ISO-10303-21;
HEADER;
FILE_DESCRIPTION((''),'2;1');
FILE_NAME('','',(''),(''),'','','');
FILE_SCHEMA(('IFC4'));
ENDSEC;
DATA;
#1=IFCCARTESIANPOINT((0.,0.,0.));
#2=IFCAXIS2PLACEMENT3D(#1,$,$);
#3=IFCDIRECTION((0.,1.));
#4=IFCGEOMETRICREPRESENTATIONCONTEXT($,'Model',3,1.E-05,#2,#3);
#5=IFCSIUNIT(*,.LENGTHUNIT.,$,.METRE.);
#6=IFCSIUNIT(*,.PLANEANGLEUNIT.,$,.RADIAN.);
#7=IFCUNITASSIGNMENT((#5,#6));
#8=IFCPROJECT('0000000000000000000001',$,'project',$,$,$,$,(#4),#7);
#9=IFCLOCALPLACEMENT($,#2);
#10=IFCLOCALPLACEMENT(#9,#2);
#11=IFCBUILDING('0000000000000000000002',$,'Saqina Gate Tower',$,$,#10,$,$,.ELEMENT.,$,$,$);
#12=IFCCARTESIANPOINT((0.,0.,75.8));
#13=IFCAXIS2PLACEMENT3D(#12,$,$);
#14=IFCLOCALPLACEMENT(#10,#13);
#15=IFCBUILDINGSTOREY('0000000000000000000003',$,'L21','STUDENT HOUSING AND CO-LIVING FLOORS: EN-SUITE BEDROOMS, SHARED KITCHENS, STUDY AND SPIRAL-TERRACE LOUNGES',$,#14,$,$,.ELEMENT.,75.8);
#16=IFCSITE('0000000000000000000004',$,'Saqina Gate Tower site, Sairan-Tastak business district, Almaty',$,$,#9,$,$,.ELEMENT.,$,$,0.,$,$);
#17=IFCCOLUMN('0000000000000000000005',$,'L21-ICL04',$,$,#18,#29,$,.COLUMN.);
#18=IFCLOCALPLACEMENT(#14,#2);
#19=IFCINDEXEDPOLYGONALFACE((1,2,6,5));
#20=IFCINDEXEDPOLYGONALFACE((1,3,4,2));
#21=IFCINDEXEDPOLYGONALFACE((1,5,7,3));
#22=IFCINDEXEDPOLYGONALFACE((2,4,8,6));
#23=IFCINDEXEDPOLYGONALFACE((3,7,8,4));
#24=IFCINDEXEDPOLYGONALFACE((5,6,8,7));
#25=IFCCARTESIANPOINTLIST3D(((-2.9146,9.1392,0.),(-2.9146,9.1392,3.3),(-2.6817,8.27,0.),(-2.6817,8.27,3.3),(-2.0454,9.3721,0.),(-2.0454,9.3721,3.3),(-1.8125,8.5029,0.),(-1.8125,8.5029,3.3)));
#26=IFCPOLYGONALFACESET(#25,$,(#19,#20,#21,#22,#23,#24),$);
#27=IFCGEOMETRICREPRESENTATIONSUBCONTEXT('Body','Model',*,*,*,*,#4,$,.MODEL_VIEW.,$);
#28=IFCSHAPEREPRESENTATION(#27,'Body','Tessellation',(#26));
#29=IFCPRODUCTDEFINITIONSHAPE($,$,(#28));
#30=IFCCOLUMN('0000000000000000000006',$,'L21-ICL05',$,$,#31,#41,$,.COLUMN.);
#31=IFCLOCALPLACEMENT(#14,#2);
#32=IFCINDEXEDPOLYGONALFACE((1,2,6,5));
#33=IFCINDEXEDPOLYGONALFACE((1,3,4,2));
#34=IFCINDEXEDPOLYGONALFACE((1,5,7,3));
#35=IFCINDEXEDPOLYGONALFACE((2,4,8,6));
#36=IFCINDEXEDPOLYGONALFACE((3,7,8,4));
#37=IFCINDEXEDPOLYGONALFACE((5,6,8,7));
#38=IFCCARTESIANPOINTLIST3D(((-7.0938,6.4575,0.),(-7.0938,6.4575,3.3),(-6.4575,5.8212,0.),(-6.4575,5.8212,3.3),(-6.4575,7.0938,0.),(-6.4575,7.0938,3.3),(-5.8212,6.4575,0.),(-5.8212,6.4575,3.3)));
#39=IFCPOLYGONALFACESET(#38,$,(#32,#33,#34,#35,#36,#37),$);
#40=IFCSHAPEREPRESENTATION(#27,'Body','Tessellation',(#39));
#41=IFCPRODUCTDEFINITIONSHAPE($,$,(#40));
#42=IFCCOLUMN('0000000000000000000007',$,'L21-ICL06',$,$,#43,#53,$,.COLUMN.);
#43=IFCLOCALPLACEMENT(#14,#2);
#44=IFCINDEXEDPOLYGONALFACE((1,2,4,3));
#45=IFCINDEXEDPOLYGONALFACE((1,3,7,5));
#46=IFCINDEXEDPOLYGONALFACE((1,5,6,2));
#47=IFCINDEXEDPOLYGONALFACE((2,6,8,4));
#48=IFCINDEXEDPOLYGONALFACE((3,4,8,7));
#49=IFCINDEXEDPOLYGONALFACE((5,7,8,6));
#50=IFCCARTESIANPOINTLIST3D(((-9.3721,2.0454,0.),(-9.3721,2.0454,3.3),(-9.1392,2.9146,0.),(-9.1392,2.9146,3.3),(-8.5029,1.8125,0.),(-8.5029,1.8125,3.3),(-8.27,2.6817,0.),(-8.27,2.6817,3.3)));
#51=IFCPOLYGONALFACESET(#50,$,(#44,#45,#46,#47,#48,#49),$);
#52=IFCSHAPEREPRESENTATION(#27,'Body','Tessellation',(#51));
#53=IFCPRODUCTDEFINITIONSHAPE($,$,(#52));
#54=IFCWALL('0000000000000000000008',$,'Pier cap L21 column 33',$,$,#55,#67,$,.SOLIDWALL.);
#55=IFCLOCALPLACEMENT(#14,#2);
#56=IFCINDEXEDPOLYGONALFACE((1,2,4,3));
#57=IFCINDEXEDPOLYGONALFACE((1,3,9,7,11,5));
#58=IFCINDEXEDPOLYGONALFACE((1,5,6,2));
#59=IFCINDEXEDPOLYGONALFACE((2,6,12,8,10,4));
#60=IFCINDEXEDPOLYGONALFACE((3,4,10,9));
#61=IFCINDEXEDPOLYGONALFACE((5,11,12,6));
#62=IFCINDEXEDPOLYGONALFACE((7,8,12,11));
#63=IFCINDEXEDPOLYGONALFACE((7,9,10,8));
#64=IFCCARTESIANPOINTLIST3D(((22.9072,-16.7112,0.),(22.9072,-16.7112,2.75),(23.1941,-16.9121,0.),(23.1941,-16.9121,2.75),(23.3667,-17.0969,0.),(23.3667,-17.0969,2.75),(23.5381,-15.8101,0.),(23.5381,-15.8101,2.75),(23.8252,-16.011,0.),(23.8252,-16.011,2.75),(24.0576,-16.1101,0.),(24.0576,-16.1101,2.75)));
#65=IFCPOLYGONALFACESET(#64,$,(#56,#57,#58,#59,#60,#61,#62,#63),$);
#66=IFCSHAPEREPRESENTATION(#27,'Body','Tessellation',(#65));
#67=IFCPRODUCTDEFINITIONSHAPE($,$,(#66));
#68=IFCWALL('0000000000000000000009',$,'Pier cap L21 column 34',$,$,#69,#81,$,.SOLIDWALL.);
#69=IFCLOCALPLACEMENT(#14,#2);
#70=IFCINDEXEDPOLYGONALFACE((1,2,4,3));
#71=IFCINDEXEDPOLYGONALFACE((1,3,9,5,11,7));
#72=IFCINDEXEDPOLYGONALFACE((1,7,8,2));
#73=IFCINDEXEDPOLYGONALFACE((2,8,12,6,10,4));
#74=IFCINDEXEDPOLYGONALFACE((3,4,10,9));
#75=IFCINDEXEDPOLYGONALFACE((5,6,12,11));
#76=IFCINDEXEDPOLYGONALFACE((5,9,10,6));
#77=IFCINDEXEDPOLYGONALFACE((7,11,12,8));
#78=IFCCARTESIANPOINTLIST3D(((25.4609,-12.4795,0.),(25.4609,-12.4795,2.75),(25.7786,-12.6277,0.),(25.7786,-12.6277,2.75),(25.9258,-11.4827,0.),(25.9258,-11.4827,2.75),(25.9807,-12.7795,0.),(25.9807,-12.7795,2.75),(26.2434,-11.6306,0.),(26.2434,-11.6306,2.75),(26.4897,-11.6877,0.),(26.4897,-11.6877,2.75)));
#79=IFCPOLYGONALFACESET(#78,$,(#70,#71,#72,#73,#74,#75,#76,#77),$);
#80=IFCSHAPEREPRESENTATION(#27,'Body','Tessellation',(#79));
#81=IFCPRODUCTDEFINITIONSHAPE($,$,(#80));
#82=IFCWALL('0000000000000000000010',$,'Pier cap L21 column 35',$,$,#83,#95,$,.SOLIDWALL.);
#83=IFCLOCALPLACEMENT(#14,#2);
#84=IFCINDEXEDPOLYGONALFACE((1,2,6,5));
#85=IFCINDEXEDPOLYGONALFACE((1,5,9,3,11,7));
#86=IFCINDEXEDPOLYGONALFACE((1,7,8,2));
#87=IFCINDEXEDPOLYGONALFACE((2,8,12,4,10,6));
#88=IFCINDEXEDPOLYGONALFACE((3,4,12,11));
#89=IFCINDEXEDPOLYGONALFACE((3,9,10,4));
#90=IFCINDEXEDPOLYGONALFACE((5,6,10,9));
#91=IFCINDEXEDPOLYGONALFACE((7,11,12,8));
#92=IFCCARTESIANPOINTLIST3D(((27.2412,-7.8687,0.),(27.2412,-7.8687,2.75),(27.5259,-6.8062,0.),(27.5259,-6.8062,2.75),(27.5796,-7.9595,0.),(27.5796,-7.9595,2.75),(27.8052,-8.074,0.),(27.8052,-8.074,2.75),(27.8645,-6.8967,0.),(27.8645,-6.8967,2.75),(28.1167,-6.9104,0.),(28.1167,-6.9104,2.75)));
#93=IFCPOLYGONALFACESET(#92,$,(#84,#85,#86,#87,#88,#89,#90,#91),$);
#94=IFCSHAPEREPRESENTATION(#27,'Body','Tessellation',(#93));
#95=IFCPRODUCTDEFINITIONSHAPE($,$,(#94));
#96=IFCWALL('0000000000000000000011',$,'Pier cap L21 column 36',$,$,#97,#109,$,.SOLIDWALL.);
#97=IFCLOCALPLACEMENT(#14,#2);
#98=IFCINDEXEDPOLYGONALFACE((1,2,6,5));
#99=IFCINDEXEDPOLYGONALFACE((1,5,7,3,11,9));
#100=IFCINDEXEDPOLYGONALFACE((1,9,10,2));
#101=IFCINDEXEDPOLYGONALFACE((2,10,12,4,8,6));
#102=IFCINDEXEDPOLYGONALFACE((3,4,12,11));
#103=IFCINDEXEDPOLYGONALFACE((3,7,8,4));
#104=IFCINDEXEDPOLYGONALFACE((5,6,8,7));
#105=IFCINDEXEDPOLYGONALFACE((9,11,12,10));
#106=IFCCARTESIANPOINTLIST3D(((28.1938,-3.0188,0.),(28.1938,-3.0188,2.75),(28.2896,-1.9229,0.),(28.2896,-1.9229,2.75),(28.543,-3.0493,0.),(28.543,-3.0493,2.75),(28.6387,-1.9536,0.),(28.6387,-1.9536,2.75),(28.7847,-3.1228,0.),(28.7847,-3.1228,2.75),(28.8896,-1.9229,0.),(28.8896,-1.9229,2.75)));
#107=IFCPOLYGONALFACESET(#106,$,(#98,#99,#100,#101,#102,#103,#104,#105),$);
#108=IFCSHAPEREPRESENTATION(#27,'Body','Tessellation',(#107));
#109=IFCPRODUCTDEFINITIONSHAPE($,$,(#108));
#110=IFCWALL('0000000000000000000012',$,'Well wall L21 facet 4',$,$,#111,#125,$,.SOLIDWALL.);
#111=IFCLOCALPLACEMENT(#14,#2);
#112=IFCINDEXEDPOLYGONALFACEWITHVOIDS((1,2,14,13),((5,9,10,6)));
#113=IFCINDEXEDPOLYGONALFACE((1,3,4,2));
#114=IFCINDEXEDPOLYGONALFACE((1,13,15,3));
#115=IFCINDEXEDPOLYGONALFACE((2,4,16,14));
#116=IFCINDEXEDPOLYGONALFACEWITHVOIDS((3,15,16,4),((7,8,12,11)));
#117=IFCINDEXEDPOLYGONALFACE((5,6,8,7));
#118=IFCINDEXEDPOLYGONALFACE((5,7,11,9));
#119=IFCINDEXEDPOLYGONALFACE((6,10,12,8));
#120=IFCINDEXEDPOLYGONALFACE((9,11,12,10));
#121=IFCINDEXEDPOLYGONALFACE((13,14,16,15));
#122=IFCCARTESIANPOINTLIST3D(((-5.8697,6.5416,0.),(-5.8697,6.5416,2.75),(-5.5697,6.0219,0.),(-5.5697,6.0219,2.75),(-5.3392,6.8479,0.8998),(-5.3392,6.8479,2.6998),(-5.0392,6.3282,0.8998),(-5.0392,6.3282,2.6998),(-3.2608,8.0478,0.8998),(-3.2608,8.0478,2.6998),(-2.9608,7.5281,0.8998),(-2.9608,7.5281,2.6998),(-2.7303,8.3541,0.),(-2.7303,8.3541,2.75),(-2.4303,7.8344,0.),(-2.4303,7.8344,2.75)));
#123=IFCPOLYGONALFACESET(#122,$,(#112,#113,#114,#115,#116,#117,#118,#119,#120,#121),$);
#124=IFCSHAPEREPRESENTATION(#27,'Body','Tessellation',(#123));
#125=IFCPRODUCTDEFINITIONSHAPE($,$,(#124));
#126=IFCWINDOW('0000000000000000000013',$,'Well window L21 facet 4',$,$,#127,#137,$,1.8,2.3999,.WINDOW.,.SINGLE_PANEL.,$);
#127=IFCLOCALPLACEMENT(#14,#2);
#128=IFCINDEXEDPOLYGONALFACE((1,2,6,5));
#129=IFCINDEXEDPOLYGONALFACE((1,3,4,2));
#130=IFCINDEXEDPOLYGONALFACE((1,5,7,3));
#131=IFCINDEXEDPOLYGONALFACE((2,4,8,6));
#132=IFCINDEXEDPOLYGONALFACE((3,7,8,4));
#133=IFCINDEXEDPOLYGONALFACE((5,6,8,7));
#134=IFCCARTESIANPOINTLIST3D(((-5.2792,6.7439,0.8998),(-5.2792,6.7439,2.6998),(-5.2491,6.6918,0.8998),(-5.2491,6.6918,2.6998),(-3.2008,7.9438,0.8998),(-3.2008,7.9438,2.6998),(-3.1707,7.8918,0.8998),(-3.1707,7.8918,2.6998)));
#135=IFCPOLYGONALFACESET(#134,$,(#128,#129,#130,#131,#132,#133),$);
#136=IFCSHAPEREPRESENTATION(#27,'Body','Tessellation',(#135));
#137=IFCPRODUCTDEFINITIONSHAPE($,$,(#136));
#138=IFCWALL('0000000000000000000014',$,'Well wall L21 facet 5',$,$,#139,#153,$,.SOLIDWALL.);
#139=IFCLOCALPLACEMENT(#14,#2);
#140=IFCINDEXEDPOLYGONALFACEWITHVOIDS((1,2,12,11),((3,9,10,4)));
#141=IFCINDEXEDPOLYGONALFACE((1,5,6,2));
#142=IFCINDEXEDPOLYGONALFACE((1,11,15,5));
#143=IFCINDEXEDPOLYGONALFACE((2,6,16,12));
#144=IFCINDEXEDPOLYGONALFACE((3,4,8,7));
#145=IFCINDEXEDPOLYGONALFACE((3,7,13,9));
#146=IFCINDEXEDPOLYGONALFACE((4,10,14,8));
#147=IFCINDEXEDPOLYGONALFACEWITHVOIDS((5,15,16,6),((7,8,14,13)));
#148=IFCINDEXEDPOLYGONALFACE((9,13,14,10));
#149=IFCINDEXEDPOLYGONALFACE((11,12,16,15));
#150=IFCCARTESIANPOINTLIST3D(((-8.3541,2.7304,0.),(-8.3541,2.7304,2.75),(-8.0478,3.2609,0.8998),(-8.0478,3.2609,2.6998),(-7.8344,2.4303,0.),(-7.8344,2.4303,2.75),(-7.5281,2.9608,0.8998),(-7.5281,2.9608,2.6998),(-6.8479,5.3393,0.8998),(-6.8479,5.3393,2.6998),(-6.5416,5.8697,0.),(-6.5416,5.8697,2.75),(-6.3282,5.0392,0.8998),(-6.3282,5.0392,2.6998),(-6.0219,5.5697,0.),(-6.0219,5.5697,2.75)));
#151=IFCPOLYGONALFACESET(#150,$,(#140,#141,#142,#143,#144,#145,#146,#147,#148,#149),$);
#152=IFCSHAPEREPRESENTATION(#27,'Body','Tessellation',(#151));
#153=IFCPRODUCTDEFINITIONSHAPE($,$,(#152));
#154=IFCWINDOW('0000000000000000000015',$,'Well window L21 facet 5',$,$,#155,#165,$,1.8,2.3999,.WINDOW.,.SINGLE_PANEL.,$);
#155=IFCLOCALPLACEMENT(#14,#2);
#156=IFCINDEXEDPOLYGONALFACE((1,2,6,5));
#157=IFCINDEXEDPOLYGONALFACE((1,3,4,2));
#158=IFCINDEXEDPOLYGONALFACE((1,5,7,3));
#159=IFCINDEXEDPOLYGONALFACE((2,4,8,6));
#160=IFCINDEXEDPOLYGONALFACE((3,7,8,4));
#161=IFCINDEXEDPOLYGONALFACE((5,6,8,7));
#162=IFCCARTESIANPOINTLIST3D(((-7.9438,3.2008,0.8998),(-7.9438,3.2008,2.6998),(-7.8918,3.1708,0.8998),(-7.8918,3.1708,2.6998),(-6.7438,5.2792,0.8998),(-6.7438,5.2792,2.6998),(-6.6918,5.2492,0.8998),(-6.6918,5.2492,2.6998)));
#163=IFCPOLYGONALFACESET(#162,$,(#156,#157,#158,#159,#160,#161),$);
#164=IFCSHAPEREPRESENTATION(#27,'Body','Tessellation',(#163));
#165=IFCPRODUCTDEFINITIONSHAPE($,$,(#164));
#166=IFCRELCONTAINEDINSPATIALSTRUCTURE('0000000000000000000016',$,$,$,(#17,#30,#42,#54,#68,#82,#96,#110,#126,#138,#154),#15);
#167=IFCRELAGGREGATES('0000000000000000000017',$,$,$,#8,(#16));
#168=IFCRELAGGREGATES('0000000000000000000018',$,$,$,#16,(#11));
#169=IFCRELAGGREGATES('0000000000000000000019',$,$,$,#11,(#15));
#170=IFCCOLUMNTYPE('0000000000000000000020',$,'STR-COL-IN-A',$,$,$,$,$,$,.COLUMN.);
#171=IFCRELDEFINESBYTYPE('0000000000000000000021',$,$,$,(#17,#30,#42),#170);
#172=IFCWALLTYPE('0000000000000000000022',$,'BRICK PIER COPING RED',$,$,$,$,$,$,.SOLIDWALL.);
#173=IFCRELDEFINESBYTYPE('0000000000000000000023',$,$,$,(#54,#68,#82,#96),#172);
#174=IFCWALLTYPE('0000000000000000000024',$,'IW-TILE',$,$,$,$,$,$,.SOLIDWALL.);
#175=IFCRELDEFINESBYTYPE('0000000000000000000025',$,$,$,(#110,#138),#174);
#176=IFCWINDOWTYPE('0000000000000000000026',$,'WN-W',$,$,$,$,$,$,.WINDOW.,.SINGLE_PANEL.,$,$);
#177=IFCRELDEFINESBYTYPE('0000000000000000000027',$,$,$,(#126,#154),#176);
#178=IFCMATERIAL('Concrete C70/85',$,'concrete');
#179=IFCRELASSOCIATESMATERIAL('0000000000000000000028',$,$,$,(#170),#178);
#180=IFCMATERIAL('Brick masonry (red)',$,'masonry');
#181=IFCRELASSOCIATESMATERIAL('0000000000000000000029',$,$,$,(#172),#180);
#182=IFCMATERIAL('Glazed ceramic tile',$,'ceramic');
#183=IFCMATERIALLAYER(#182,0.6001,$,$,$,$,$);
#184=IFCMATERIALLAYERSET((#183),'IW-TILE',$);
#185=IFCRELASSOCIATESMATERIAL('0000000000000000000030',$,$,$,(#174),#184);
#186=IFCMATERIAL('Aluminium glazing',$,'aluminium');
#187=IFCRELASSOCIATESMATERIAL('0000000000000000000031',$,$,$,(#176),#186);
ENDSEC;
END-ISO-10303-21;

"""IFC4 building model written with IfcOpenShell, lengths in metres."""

from ifc_helpers import new_model, si_unit, direction, frame, frame_2d, origin, origin_2d, place, context, subcontext, project, spatial, polyline, rectangle, outline, extrude, material, layer, layer_set, material_profile, profile_set, type_object, element, fill, save


model = new_model("IFC4")

# Units and contexts
model_context = context("Model", 3, precision=1e-05, world=origin(), true_north=direction((0.0, 1.0)))
body_context = subcontext(model_context, "Body", "Model", "MODEL_VIEW")
ifc_project = project(units=[si_unit("LENGTHUNIT", "METRE"), si_unit("PLANEANGLEUNIT", "RADIAN")], contexts=[model_context])

# Site, building, storey
site_placement = place(None, origin())
site = spatial("IfcSite", under=ifc_project, at=site_placement, Name="Saqina Gate Tower site, Sairan-Tastak business district, Almaty", CompositionType="ELEMENT", RefElevation=0.0)
building_placement = place(site_placement, origin())
building = spatial("IfcBuilding", under=site, at=building_placement, Name="Saqina Gate Tower", CompositionType="ELEMENT")
storey_placement = place(building_placement, frame((0.0, 0.0, 75.8)))
storey = spatial("IfcBuildingStorey", under=building, at=storey_placement, Name="L21", Description="STUDENT HOUSING AND CO-LIVING FLOORS: EN-SUITE BEDROOMS, SHARED KITCHENS, STUDY AND SPIRAL-TERRACE LOUNGES", CompositionType="ELEMENT", Elevation=75.8)

# Columns
ifc_material_1 = material(Name="Concrete C70/85", Category="concrete")
ifc_material_profile = material_profile(ifc_material_1, rectangle(XDim=0.8999, YDim=0.8999, at=origin_2d()), Name="RC 900x900")
ifc_profile_set = profile_set([ifc_material_profile], Name="Concrete C70/85")
column_type = type_object("IfcColumnType", Name="STR-COL-IN-A", PredefinedType="COLUMN", material=ifc_profile_set)
for number, where, z_axis, x_axis, name in (
    (1, (-2.3635, 8.821, 0.0), (0.0, 0.0, 1.0), (-0.258819, 0.965926, 0.0), "L21-ICL04"),
    (2, (-6.4575, 6.4575, 0.0), (0.0, 0.0, 1.0), (-0.707107, 0.707107, 0.0), "L21-ICL05"),
    (3, (-8.821, 2.3635, 0.0), (0.0, 0.0, 1.0), (-0.965926, 0.258819, 0.0), "L21-ICL06"),
):
    element("IfcColumn", number, at=place(storey_placement, frame(where, z_axis=z_axis, x_axis=x_axis)), inside=storey, type_object=column_type, Name=name, PredefinedType="COLUMN", context=body_context, shape_type="SweptSolid", body=[
        extrude(rectangle(XDim=0.8999, YDim=0.8999, at=origin_2d()), origin(), (0.0, 0.0, 1.0), 3.3),
    ])

# Walls
ifc_material_2 = material(Name="Brick masonry (red)", Category="masonry")
wall_type_1 = type_object("IfcWallType", Name="BRICK PIER COPING RED", PredefinedType="SOLIDWALL", material=ifc_material_2)
wall_1_placement = place(storey_placement, origin())
element("IfcWall", 4, at=wall_1_placement, inside=storey, type_object=wall_type_1, Name="Pier cap L21 column 33", PredefinedType="SOLIDWALL", context=body_context, shape_type="SweptSolid", body=[
    extrude(outline(polyline([(23.3667, -17.0969), (24.0576, -16.1101), (23.5381, -15.8101), (23.8252, -16.011), (23.1941, -16.9121), (22.9072, -16.7112), (23.3667, -17.0969)])), origin(), (0.0, 0.0, 1.0), 2.75),
])
wall_2_placement = place(storey_placement, origin())
element("IfcWall", 5, at=wall_2_placement, inside=storey, type_object=wall_type_1, Name="Pier cap L21 column 34", PredefinedType="SOLIDWALL", context=body_context, shape_type="SweptSolid", body=[
    extrude(outline(polyline([(26.4897, -11.6877), (25.9258, -11.4827), (26.2434, -11.6306), (25.7786, -12.6277), (25.4609, -12.4795), (25.9807, -12.7795), (26.4897, -11.6877)])), origin(), (0.0, 0.0, 1.0), 2.75),
])
wall_3_placement = place(storey_placement, origin())
element("IfcWall", 6, at=wall_3_placement, inside=storey, type_object=wall_type_1, Name="Pier cap L21 column 35", PredefinedType="SOLIDWALL", context=body_context, shape_type="SweptSolid", body=[
    extrude(outline(polyline([(28.1167, -6.9104), (27.5259, -6.8062), (27.8645, -6.8967), (27.5796, -7.9595), (27.2412, -7.8687), (27.8052, -8.074), (28.1167, -6.9104)])), origin(), (0.0, 0.0, 1.0), 2.75),
])
wall_4_placement = place(storey_placement, origin())
element("IfcWall", 7, at=wall_4_placement, inside=storey, type_object=wall_type_1, Name="Pier cap L21 column 36", PredefinedType="SOLIDWALL", context=body_context, shape_type="SweptSolid", body=[
    extrude(outline(polyline([(28.7847, -3.1228), (28.8896, -1.9229), (28.2896, -1.9229), (28.6387, -1.9536), (28.543, -3.0493), (28.1938, -3.0188), (28.7847, -3.1228)])), origin(), (0.0, 0.0, 1.0), 2.75),
])

# Walls, openings, windows
ifc_material_3 = material(Name="Glazed ceramic tile", Category="ceramic")
ifc_layer_1 = layer(ifc_material_3, 0.6001)
ifc_layer_set_1 = layer_set([ifc_layer_1], Name="IW-TILE")
wall_type_2 = type_object("IfcWallType", Name="IW-TILE", PredefinedType="SOLIDWALL", material=ifc_layer_set_1)
wall_5_placement = place(storey_placement, frame((-2.5803, 8.0942, 0.0), z_axis=(0.0, 0.0, 1.0), x_axis=(-0.86603, -0.499993, 0.0)))
wall_5 = element("IfcWall", 8, at=wall_5_placement, inside=storey, type_object=wall_type_2, Name="Well wall L21 facet 4", PredefinedType="SOLIDWALL", context=body_context, shape_type="SweptSolid", body=[
    extrude(rectangle(XDim=3.625, YDim=0.6001, at=frame_2d((1.8125, 0.0))), origin(), (0.0, 0.0, 1.0), 2.75),
])
opening_1_placement = place(wall_5_placement, frame((0.6125, 0.0, 0.8999)))
opening_1 = element("IfcOpeningElement", 9, at=opening_1_placement, cuts=wall_5, PredefinedType="OPENING", context=body_context, shape_type="SweptSolid", body=[
    extrude(rectangle(XDim=2.3999, YDim=1.8, at=frame_2d((1.2, 0.8999))), frame((0.0, 0.312, 0.0), z_axis=(0.0, -1.0, 0.0), x_axis=(1.0, 0.0, 0.0)), (0.0, 0.0, 1.0), 0.624),
])
ifc_material_4 = material(Name="Aluminium glazing", Category="aluminium")
window_type = type_object("IfcWindowType", Name="WN-W", PartitioningType="SINGLE_PANEL", PredefinedType="WINDOW", material=ifc_material_4)
window_1_placement = place(opening_1_placement, origin())
window_1 = element("IfcWindow", 10, at=window_1_placement, inside=storey, type_object=window_type, Name="Well window L21 facet 4", OverallHeight=1.8, OverallWidth=2.3999, PartitioningType="SINGLE_PANEL", PredefinedType="WINDOW", context=body_context, shape_type="SweptSolid", body=[
    extrude(rectangle(XDim=2.3999, YDim=1.8, at=frame_2d((1.2, 0.8999))), frame((0.0, -0.1199, 0.0), z_axis=(0.0, -1.0, 0.0), x_axis=(1.0, 0.0, 0.0)), (0.0, 0.0, 1.0), 0.0601),
])
fill(opening_1, window_1)
wall_6_placement = place(storey_placement, frame((-6.2817, 5.7197, 0.0), z_axis=(0.0, 0.0, 1.0), x_axis=(-0.499993, -0.86603, 0.0)))
wall_6 = element("IfcWall", 11, at=wall_6_placement, inside=storey, type_object=wall_type_2, Name="Well wall L21 facet 5", PredefinedType="SOLIDWALL", context=body_context, shape_type="SweptSolid", body=[
    extrude(rectangle(XDim=3.625, YDim=0.6001, at=frame_2d((1.8125, 0.0))), origin(), (0.0, 0.0, 1.0), 2.75),
])
opening_2_placement = place(wall_6_placement, frame((0.6125, 0.0, 0.8999)))
opening_2 = element("IfcOpeningElement", 12, at=opening_2_placement, cuts=wall_6, PredefinedType="OPENING", context=body_context, shape_type="SweptSolid", body=[
    extrude(rectangle(XDim=2.3999, YDim=1.8, at=frame_2d((1.2, 0.8999))), frame((0.0, 0.312, 0.0), z_axis=(0.0, -1.0, 0.0), x_axis=(1.0, 0.0, 0.0)), (0.0, 0.0, 1.0), 0.624),
])
window_2_placement = place(opening_2_placement, origin())
window_2 = element("IfcWindow", 13, at=window_2_placement, inside=storey, type_object=window_type, Name="Well window L21 facet 5", OverallHeight=1.8, OverallWidth=2.3999, PartitioningType="SINGLE_PANEL", PredefinedType="WINDOW", context=body_context, shape_type="SweptSolid", body=[
    extrude(rectangle(XDim=2.3999, YDim=1.8, at=frame_2d((1.2, 0.8999))), frame((0.0, -0.1199, 0.0), z_axis=(0.0, -1.0, 0.0), x_axis=(1.0, 0.0, 0.0)), (0.0, 0.0, 1.0), 0.0601),
])
fill(opening_2, window_2)

save(model, "model.ifc")
